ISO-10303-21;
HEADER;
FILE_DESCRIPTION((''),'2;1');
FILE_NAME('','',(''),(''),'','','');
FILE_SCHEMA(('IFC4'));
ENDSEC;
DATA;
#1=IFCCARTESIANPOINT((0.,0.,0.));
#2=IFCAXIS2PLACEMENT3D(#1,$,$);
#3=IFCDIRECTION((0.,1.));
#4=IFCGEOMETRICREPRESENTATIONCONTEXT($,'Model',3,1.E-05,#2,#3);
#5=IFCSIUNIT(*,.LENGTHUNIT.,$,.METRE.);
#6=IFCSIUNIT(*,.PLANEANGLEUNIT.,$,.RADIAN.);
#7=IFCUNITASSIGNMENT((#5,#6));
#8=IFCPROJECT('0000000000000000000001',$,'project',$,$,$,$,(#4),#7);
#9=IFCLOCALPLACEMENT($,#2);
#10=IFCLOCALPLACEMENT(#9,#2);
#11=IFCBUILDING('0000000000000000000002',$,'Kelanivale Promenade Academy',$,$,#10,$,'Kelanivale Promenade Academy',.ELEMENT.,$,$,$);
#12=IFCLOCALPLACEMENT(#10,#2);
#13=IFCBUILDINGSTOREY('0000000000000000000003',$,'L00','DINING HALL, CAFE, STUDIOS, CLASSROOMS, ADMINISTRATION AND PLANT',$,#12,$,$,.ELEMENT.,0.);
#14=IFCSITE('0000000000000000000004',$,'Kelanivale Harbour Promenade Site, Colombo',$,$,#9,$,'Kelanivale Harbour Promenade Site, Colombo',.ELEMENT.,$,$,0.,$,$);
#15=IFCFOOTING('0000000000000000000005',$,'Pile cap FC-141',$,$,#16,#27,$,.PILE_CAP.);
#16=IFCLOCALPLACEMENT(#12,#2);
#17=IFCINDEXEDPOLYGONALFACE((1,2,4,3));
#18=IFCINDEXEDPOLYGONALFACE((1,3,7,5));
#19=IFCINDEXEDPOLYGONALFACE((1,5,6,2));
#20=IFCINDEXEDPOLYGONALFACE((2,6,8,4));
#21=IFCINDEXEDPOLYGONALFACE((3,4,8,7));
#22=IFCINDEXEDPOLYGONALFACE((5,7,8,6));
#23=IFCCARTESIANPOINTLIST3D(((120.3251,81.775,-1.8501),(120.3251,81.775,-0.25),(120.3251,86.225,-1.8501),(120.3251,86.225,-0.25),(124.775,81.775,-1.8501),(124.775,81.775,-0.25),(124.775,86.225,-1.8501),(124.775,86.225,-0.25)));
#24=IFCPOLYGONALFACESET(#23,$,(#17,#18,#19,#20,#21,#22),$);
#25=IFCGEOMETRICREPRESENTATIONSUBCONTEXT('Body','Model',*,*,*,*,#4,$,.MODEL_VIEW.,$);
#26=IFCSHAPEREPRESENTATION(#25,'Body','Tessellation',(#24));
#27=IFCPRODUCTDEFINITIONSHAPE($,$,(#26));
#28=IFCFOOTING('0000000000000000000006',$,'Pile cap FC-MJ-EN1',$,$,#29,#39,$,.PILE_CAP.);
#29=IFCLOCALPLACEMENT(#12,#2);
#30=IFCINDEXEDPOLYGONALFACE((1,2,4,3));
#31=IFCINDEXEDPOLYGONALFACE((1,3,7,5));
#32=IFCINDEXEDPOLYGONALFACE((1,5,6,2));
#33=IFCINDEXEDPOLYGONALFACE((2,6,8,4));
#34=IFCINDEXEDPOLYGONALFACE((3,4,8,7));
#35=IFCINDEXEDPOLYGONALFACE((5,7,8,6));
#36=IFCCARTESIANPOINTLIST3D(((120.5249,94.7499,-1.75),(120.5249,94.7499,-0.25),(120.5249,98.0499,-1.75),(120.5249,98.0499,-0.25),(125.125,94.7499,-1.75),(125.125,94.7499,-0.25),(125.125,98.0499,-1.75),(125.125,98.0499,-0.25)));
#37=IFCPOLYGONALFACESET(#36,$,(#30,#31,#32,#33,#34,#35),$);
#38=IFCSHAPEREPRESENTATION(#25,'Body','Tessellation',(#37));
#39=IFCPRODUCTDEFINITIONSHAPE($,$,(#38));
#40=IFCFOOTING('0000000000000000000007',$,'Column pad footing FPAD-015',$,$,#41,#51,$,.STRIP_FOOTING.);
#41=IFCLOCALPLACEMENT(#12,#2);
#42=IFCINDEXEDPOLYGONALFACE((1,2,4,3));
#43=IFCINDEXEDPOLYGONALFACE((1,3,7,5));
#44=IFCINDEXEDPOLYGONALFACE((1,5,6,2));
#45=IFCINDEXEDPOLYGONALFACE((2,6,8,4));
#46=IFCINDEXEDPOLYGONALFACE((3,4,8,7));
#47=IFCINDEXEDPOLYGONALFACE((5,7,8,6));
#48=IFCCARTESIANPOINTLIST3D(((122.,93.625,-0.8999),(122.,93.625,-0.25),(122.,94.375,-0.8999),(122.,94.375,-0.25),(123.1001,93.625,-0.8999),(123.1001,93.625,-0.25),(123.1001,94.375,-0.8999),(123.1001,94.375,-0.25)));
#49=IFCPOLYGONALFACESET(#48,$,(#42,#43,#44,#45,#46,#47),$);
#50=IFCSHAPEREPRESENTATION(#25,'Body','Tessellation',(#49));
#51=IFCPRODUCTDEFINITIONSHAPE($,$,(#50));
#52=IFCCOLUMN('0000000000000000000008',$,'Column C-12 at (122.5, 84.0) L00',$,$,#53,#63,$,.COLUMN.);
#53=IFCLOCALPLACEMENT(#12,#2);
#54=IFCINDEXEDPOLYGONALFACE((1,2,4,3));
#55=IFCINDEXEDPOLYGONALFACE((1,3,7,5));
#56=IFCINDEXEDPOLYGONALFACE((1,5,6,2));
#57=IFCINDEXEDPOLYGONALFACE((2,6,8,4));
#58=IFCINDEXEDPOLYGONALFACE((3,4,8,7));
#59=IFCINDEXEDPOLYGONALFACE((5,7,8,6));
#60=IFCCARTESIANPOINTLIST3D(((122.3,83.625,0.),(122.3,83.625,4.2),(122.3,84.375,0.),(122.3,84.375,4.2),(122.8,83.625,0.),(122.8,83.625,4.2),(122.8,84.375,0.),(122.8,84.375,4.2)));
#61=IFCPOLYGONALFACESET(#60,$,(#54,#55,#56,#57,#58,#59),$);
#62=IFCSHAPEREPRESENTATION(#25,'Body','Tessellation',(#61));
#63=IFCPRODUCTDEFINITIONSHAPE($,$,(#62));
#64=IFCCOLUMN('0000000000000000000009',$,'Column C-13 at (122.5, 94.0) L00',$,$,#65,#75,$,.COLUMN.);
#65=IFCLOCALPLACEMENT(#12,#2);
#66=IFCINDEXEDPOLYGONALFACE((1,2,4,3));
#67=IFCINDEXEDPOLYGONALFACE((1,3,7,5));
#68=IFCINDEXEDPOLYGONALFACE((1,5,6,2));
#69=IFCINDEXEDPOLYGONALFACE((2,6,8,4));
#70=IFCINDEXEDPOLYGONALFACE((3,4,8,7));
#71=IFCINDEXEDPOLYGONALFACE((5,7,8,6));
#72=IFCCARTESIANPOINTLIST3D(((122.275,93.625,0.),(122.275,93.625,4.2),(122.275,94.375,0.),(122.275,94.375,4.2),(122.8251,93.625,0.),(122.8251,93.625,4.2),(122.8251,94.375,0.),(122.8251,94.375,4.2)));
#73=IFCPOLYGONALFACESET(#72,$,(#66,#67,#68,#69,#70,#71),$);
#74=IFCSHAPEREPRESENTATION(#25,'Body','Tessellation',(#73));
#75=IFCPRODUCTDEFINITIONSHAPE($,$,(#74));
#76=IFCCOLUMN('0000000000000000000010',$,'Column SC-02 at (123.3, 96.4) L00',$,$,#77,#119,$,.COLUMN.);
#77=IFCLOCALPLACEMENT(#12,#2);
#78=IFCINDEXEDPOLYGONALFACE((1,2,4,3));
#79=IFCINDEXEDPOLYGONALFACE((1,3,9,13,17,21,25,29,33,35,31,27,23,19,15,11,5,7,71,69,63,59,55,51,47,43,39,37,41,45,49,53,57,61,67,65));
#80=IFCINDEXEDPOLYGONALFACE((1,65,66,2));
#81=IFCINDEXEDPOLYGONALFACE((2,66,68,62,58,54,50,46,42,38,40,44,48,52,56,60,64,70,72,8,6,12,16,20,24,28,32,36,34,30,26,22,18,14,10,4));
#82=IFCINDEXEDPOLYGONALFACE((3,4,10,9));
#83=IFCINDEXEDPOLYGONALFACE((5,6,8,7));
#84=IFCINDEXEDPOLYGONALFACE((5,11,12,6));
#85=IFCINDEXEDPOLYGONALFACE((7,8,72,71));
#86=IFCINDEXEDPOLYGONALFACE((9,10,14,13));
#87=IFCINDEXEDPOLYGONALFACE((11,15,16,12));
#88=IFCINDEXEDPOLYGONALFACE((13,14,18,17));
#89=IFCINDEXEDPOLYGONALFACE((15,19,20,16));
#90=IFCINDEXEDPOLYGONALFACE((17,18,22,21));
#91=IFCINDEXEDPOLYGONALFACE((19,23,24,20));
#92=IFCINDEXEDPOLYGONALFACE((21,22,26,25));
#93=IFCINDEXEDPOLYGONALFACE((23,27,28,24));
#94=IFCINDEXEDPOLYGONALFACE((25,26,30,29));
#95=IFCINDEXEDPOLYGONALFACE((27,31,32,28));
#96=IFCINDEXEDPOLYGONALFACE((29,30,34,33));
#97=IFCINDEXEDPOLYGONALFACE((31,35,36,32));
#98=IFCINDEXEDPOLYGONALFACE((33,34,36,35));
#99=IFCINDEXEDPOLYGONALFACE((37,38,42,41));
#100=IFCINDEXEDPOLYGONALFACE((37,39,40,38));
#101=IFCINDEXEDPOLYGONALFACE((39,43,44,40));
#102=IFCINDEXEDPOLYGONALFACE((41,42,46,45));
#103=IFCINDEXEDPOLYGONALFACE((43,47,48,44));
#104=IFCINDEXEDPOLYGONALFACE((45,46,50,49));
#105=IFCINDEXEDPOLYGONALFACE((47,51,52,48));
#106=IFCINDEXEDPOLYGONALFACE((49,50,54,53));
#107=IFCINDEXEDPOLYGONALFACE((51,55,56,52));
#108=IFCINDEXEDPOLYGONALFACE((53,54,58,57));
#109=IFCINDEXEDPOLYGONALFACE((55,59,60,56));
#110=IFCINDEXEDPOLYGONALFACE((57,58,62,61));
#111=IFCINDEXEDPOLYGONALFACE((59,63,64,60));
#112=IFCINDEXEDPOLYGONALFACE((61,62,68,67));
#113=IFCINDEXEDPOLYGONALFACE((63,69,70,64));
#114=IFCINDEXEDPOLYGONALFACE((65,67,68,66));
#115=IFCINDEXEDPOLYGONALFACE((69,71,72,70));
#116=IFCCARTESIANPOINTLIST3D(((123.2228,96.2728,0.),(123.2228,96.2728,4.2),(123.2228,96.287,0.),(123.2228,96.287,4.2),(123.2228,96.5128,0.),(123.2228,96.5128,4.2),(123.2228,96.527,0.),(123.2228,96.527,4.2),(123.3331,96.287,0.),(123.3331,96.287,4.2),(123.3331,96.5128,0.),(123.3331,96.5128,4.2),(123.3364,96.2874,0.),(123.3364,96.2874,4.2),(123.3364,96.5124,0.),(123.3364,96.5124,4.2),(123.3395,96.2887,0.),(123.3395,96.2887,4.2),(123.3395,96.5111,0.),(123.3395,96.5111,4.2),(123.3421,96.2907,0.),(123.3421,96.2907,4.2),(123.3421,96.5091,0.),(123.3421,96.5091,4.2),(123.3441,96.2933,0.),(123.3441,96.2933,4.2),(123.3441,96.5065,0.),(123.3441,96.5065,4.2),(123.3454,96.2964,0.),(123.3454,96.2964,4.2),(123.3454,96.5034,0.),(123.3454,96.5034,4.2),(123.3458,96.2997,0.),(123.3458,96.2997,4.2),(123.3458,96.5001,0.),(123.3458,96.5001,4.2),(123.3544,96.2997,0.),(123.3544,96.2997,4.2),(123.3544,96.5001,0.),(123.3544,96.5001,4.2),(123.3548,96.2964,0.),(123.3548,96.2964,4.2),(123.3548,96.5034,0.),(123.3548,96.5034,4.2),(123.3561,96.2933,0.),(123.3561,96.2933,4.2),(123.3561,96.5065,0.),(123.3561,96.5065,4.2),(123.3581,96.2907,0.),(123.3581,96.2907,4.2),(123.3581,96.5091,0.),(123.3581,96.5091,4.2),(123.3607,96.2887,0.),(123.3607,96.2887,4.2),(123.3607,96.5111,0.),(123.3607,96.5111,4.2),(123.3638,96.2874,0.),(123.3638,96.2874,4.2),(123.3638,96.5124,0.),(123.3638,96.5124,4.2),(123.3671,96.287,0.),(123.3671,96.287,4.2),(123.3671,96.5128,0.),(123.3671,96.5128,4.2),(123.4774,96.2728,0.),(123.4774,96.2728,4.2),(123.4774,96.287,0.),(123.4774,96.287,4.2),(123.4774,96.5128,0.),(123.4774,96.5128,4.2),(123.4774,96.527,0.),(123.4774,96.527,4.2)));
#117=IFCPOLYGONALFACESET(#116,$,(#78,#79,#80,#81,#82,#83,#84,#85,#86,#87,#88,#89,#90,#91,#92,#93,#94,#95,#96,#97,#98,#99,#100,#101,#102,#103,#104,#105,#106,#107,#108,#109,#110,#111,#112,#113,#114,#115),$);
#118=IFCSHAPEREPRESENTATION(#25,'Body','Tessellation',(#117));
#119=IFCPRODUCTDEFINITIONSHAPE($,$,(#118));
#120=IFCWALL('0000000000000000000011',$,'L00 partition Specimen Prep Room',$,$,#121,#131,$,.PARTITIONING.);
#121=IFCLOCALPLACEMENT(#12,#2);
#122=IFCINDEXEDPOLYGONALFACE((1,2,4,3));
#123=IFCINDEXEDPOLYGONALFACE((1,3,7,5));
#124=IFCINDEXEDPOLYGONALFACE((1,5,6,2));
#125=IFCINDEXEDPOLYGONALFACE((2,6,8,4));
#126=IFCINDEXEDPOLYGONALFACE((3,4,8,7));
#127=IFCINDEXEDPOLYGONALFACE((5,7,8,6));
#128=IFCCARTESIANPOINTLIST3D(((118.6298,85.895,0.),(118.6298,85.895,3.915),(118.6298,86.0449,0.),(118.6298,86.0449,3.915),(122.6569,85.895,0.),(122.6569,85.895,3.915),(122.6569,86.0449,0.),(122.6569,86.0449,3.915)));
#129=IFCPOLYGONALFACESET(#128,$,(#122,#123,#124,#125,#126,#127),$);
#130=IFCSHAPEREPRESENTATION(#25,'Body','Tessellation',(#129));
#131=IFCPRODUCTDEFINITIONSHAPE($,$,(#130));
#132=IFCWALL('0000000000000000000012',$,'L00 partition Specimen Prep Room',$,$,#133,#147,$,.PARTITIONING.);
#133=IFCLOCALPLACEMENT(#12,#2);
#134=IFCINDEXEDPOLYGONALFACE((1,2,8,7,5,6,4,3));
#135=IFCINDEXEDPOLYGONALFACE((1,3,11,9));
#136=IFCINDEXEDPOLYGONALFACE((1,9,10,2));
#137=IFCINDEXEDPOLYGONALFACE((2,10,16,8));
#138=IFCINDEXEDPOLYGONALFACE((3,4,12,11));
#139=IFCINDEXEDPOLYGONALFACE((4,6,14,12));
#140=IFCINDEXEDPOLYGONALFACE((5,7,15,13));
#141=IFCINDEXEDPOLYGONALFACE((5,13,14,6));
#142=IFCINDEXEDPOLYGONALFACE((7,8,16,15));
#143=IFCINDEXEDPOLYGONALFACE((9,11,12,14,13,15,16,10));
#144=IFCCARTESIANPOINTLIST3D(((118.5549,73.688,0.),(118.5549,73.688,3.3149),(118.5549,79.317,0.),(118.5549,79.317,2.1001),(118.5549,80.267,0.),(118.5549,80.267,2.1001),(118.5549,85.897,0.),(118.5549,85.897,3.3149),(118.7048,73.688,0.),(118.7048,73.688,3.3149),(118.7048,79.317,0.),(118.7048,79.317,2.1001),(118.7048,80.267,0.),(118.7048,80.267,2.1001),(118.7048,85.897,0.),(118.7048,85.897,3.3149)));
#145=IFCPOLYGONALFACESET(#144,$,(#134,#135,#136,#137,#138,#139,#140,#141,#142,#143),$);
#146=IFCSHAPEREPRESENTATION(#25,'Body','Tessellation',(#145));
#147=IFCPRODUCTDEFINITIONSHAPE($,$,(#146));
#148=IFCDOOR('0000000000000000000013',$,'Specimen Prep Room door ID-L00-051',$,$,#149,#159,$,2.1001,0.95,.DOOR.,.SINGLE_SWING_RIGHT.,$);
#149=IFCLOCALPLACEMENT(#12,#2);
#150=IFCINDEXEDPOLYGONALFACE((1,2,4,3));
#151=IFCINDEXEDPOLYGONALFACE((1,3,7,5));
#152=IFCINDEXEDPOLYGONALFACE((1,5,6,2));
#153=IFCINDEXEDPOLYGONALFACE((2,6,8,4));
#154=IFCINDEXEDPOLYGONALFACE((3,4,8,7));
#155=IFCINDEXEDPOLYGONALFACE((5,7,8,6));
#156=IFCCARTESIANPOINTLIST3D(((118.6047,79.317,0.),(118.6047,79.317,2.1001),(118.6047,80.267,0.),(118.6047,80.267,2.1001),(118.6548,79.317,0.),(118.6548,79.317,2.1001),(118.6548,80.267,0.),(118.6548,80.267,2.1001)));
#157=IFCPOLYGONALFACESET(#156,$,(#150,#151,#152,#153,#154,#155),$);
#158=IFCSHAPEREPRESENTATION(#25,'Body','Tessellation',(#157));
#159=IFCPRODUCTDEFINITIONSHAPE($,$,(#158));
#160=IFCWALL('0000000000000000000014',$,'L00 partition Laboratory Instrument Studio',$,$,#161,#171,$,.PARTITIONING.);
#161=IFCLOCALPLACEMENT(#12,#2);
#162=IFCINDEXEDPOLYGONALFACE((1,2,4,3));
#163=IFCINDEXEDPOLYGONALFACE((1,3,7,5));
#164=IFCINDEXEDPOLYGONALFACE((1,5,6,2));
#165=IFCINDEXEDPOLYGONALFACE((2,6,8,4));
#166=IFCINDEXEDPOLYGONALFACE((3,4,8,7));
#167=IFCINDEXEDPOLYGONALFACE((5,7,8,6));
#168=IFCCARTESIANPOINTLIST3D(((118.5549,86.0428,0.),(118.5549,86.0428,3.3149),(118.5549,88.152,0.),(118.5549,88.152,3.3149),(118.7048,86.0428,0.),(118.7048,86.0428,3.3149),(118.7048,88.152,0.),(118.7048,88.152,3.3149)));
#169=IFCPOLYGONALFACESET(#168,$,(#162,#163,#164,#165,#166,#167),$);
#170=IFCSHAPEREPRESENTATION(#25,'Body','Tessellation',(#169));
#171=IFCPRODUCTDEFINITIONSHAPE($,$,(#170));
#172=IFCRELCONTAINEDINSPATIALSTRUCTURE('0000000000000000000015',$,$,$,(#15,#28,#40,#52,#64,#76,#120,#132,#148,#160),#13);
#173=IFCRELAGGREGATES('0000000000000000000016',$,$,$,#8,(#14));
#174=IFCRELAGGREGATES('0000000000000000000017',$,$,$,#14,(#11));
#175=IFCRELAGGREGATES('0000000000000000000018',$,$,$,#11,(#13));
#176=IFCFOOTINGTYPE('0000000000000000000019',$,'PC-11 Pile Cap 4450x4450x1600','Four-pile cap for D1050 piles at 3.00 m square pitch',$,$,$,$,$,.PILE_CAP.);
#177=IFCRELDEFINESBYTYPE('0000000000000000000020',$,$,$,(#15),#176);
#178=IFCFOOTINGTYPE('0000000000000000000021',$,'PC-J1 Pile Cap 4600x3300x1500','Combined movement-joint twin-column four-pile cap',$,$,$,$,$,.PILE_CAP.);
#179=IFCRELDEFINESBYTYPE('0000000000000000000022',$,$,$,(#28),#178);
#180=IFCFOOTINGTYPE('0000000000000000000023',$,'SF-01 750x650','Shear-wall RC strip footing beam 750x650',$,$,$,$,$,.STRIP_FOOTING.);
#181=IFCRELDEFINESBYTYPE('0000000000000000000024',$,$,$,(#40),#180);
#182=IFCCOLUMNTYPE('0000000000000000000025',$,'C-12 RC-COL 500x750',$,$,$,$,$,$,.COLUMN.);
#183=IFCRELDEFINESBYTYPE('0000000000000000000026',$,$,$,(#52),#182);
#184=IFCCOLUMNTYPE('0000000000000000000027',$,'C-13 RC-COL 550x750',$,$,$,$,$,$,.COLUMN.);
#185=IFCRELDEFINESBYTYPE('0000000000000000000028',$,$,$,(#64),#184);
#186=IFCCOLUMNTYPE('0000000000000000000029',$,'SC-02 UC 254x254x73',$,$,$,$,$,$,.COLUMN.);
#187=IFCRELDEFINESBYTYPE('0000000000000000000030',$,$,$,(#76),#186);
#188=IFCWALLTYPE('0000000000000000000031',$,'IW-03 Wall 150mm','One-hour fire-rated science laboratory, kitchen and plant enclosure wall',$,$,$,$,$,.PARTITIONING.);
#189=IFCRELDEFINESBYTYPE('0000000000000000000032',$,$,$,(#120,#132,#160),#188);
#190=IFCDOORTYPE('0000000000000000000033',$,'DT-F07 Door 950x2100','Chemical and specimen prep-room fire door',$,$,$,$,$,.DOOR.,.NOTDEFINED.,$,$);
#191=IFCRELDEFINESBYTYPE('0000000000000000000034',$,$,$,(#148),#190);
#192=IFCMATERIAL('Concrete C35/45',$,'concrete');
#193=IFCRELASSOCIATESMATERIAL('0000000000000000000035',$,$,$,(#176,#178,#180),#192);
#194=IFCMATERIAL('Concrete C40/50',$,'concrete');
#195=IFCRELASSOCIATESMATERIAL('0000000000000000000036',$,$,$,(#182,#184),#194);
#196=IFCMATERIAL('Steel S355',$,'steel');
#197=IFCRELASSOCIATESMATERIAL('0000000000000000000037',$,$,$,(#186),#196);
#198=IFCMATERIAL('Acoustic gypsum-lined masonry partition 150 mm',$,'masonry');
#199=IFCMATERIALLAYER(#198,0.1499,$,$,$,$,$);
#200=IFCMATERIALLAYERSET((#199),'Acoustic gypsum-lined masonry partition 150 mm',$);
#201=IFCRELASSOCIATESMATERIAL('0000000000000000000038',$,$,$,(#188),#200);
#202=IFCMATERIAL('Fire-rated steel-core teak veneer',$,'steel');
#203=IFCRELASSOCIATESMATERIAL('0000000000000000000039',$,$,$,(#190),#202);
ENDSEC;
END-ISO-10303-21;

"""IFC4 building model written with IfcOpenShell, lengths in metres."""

from ifc_helpers import new_model, si_unit, direction, frame, frame_2d, origin, origin_2d, place, context, subcontext, project, spatial, rectangle, i_section, extrude, material, layer, layer_set, material_profile, profile_set, type_object, element, fill, save


model = new_model("IFC4")

# Units and contexts
model_context = context("Model", 3, precision=1e-05, world=origin(), true_north=direction((0.0, 1.0)))
body_context = subcontext(model_context, "Body", "Model", "MODEL_VIEW")
ifc_project = project(units=[si_unit("LENGTHUNIT", "METRE"), si_unit("PLANEANGLEUNIT", "RADIAN")], contexts=[model_context])

# Site, building, storey
site_placement = place(None, origin())
site = spatial("IfcSite", under=ifc_project, at=site_placement, Name="Kelanivale Harbour Promenade Site, Colombo", LongName="Kelanivale Harbour Promenade Site, Colombo", CompositionType="ELEMENT", RefElevation=0.0)
building_placement = place(site_placement, origin())
building = spatial("IfcBuilding", under=site, at=building_placement, Name="Kelanivale Promenade Academy", LongName="Kelanivale Promenade Academy", CompositionType="ELEMENT")
storey_placement = place(building_placement, origin())
storey = spatial("IfcBuildingStorey", under=building, at=storey_placement, Name="L00", Description="DINING HALL, CAFE, STUDIOS, CLASSROOMS, ADMINISTRATION AND PLANT", CompositionType="ELEMENT", Elevation=0.0)

# Shared definitions
ifc_material_1 = material(Name="Concrete C35/45", Category="concrete")

# Footings
footing_type_1 = type_object("IfcFootingType", Name="PC-11 Pile Cap 4450x4450x1600", Description="Four-pile cap for D1050 piles at 3.00 m square pitch", PredefinedType="PILE_CAP", material=ifc_material_1)
footing_1_placement = place(storey_placement, frame((122.55, 84.0, -1.8501), z_axis=(0.0, 0.0, 1.0), x_axis=(1.0, 0.0, 0.0)))
element("IfcFooting", 1, at=footing_1_placement, inside=storey, type_object=footing_type_1, Name="Pile cap FC-141", PredefinedType="PILE_CAP", context=body_context, shape_type="SweptSolid", body=[
    extrude(rectangle(XDim=4.45, YDim=4.45, at=origin_2d()), origin(), (0.0, 0.0, 1.0), 1.6001),
])
footing_type_2 = type_object("IfcFootingType", Name="PC-J1 Pile Cap 4600x3300x1500", Description="Combined movement-joint twin-column four-pile cap", PredefinedType="PILE_CAP", material=ifc_material_1)
footing_2_placement = place(storey_placement, frame((122.825, 96.3999, -1.75), z_axis=(0.0, 0.0, 1.0), x_axis=(1.0, 0.0, 0.0)))
element("IfcFooting", 2, at=footing_2_placement, inside=storey, type_object=footing_type_2, Name="Pile cap FC-MJ-EN1", PredefinedType="PILE_CAP", context=body_context, shape_type="SweptSolid", body=[
    extrude(rectangle(XDim=4.6001, YDim=3.3, at=origin_2d()), origin(), (0.0, 0.0, 1.0), 1.5),
])
footing_type_3 = type_object("IfcFootingType", Name="SF-01 750x650", Description="Shear-wall RC strip footing beam 750x650", PredefinedType="STRIP_FOOTING", material=ifc_material_1)
footing_3_placement = place(storey_placement, frame((122.55, 94.0, -0.8999), z_axis=(0.0, 0.0, 1.0), x_axis=(1.0, 0.0, 0.0)))
element("IfcFooting", 3, at=footing_3_placement, inside=storey, type_object=footing_type_3, Name="Column pad footing FPAD-015", PredefinedType="STRIP_FOOTING", context=body_context, shape_type="SweptSolid", body=[
    extrude(rectangle(XDim=1.1001, YDim=0.75, at=origin_2d()), origin(), (0.0, 0.0, 1.0), 0.6499),
])

# Columns
ifc_material_2 = material(Name="Concrete C40/50", Category="concrete")
ifc_material_profile_1 = material_profile(ifc_material_2, rectangle(XDim=0.5, YDim=0.75, at=origin_2d()), Name="RC-COL 500x750")
ifc_profile_set_1 = profile_set([ifc_material_profile_1], Name="Concrete C40/50")
column_type_1 = type_object("IfcColumnType", Name="C-12 RC-COL 500x750", PredefinedType="COLUMN", material=ifc_profile_set_1)
column_1_placement = place(storey_placement, frame((122.55, 84.0, 0.0), z_axis=(0.0, 0.0, 1.0), x_axis=(1.0, 0.0, 0.0)))
element("IfcColumn", 4, at=column_1_placement, inside=storey, type_object=column_type_1, Name="Column C-12 at (122.5, 84.0) L00", PredefinedType="COLUMN", context=body_context, shape_type="SweptSolid", body=[
    extrude(rectangle(XDim=0.5, YDim=0.75, at=origin_2d()), origin(), (0.0, 0.0, 1.0), 4.2),
])
ifc_material_profile_2 = material_profile(ifc_material_2, rectangle(XDim=0.55, YDim=0.75, at=origin_2d()), Name="RC-COL 550x750")
ifc_profile_set_2 = profile_set([ifc_material_profile_2], Name="Concrete C40/50")
column_type_2 = type_object("IfcColumnType", Name="C-13 RC-COL 550x750", PredefinedType="COLUMN", material=ifc_profile_set_2)
column_2_placement = place(storey_placement, frame((122.55, 94.0, 0.0), z_axis=(0.0, 0.0, 1.0), x_axis=(1.0, 0.0, 0.0)))
element("IfcColumn", 5, at=column_2_placement, inside=storey, type_object=column_type_2, Name="Column C-13 at (122.5, 94.0) L00", PredefinedType="COLUMN", context=body_context, shape_type="SweptSolid", body=[
    extrude(rectangle(XDim=0.55, YDim=0.75, at=origin_2d()), origin(), (0.0, 0.0, 1.0), 4.2),
])
ifc_material_3 = material(Name="Steel S355", Category="steel")
ifc_material_profile_3 = material_profile(ifc_material_3, i_section(OverallWidth=0.2546, OverallDepth=0.2542, WebThickness=0.0085, FlangeThickness=0.0142, FilletRadius=0.0127, at=origin_2d()), Name="UC 254x254x73")
ifc_profile_set_3 = profile_set([ifc_material_profile_3], Name="Steel S355")
column_type_3 = type_object("IfcColumnType", Name="SC-02 UC 254x254x73", PredefinedType="COLUMN", material=ifc_profile_set_3)
column_3_placement = place(storey_placement, frame((123.3501, 96.3999, 0.0), z_axis=(0.0, 0.0, 1.0), x_axis=(1.0, 0.0, 0.0)))
element("IfcColumn", 6, at=column_3_placement, inside=storey, type_object=column_type_3, Name="Column SC-02 at (123.3, 96.4) L00", PredefinedType="COLUMN", context=body_context, shape_type="SweptSolid", body=[
    extrude(i_section(OverallWidth=0.2546, OverallDepth=0.2542, WebThickness=0.0085, FlangeThickness=0.0142, FilletRadius=0.0127, at=origin_2d()), origin(), (0.0, 0.0, 1.0), 4.2),
])

# Wall
ifc_material_4 = material(Name="Acoustic gypsum-lined masonry partition 150 mm", Category="masonry")
ifc_layer_1 = layer(ifc_material_4, 0.1499)
ifc_layer_set_1 = layer_set([ifc_layer_1], Name="Acoustic gypsum-lined masonry partition 150 mm")
wall_type_1 = type_object("IfcWallType", Name="IW-03 Wall 150mm", Description="One-hour fire-rated science laboratory, kitchen and plant enclosure wall", PredefinedType="PARTITIONING", material=ifc_layer_set_1)
wall_1_placement = place(storey_placement, frame((122.657, 85.97, 0.0), z_axis=(0.0, 0.0, 1.0), x_axis=(-1.0, 0.0, 0.0)))
element("IfcWall", 7, at=wall_1_placement, inside=storey, type_object=wall_type_1, Name="L00 partition Specimen Prep Room", PredefinedType="PARTITIONING", context=body_context, shape_type="SweptSolid", body=[
    extrude(rectangle(XDim=4.0271, YDim=0.1499, at=frame_2d((2.0137, 0.0))), origin(), (0.0, 0.0, 1.0), 3.915),
])

# Wall, opening, door
wall_2_placement = place(storey_placement, frame((118.6299, 85.897, 0.0), z_axis=(0.0, 0.0, 1.0), x_axis=(0.0, -1.0, 0.0)))
wall_2 = element("IfcWall", 8, at=wall_2_placement, inside=storey, type_object=wall_type_1, Name="L00 partition Specimen Prep Room", PredefinedType="PARTITIONING", context=body_context, shape_type="SweptSolid", body=[
    extrude(rectangle(XDim=12.209, YDim=0.1499, at=frame_2d((6.1045, 0.0))), origin(), (0.0, 0.0, 1.0), 3.3149),
])
opening_1_placement = place(wall_2_placement, frame((5.6299, 0.0, 0.0)))
opening_1 = element("IfcOpeningElement", 9, at=opening_1_placement, cuts=wall_2, PredefinedType="OPENING", context=body_context, shape_type="SweptSolid", body=[
    extrude(rectangle(XDim=0.95, YDim=2.1001, at=frame_2d((0.4751, 1.05))), frame((0.0, 0.085, 0.0), z_axis=(0.0, -1.0, 0.0), x_axis=(1.0, 0.0, 0.0)), (0.0, 0.0, 1.0), 0.1699),
])
ifc_material_5 = material(Name="Fire-rated steel-core teak veneer", Category="steel")
door_type_1 = type_object("IfcDoorType", Name="DT-F07 Door 950x2100", Description="Chemical and specimen prep-room fire door", OperationType="NOTDEFINED", PredefinedType="DOOR", material=ifc_material_5)
door_1_placement = place(opening_1_placement, origin())
door_1 = element("IfcDoor", 10, at=door_1_placement, inside=storey, type_object=door_type_1, Name="Specimen Prep Room door ID-L00-051", OperationType="SINGLE_SWING_RIGHT", OverallHeight=2.1001, OverallWidth=0.95, PredefinedType="DOOR", context=body_context, shape_type="SweptSolid", body=[
    extrude(rectangle(XDim=0.95, YDim=2.1001, at=frame_2d((0.4751, 1.05))), frame((0.0, 0.0249, 0.0), z_axis=(0.0, -1.0, 0.0), x_axis=(1.0, 0.0, 0.0)), (0.0, 0.0, 1.0), 0.05),
])
fill(opening_1, door_1)

# Wall
wall_3_placement = place(storey_placement, frame((118.6299, 88.1521, 0.0), z_axis=(0.0, 0.0, 1.0), x_axis=(0.0, -1.0, 0.0)))
element("IfcWall", 11, at=wall_3_placement, inside=storey, type_object=wall_type_1, Name="L00 partition Laboratory Instrument Studio", PredefinedType="PARTITIONING", context=body_context, shape_type="SweptSolid", body=[
    extrude(rectangle(XDim=2.1091, YDim=0.1499, at=frame_2d((1.0547, 0.0))), origin(), (0.0, 0.0, 1.0), 3.3149),
])

save(model, "model.ifc")
